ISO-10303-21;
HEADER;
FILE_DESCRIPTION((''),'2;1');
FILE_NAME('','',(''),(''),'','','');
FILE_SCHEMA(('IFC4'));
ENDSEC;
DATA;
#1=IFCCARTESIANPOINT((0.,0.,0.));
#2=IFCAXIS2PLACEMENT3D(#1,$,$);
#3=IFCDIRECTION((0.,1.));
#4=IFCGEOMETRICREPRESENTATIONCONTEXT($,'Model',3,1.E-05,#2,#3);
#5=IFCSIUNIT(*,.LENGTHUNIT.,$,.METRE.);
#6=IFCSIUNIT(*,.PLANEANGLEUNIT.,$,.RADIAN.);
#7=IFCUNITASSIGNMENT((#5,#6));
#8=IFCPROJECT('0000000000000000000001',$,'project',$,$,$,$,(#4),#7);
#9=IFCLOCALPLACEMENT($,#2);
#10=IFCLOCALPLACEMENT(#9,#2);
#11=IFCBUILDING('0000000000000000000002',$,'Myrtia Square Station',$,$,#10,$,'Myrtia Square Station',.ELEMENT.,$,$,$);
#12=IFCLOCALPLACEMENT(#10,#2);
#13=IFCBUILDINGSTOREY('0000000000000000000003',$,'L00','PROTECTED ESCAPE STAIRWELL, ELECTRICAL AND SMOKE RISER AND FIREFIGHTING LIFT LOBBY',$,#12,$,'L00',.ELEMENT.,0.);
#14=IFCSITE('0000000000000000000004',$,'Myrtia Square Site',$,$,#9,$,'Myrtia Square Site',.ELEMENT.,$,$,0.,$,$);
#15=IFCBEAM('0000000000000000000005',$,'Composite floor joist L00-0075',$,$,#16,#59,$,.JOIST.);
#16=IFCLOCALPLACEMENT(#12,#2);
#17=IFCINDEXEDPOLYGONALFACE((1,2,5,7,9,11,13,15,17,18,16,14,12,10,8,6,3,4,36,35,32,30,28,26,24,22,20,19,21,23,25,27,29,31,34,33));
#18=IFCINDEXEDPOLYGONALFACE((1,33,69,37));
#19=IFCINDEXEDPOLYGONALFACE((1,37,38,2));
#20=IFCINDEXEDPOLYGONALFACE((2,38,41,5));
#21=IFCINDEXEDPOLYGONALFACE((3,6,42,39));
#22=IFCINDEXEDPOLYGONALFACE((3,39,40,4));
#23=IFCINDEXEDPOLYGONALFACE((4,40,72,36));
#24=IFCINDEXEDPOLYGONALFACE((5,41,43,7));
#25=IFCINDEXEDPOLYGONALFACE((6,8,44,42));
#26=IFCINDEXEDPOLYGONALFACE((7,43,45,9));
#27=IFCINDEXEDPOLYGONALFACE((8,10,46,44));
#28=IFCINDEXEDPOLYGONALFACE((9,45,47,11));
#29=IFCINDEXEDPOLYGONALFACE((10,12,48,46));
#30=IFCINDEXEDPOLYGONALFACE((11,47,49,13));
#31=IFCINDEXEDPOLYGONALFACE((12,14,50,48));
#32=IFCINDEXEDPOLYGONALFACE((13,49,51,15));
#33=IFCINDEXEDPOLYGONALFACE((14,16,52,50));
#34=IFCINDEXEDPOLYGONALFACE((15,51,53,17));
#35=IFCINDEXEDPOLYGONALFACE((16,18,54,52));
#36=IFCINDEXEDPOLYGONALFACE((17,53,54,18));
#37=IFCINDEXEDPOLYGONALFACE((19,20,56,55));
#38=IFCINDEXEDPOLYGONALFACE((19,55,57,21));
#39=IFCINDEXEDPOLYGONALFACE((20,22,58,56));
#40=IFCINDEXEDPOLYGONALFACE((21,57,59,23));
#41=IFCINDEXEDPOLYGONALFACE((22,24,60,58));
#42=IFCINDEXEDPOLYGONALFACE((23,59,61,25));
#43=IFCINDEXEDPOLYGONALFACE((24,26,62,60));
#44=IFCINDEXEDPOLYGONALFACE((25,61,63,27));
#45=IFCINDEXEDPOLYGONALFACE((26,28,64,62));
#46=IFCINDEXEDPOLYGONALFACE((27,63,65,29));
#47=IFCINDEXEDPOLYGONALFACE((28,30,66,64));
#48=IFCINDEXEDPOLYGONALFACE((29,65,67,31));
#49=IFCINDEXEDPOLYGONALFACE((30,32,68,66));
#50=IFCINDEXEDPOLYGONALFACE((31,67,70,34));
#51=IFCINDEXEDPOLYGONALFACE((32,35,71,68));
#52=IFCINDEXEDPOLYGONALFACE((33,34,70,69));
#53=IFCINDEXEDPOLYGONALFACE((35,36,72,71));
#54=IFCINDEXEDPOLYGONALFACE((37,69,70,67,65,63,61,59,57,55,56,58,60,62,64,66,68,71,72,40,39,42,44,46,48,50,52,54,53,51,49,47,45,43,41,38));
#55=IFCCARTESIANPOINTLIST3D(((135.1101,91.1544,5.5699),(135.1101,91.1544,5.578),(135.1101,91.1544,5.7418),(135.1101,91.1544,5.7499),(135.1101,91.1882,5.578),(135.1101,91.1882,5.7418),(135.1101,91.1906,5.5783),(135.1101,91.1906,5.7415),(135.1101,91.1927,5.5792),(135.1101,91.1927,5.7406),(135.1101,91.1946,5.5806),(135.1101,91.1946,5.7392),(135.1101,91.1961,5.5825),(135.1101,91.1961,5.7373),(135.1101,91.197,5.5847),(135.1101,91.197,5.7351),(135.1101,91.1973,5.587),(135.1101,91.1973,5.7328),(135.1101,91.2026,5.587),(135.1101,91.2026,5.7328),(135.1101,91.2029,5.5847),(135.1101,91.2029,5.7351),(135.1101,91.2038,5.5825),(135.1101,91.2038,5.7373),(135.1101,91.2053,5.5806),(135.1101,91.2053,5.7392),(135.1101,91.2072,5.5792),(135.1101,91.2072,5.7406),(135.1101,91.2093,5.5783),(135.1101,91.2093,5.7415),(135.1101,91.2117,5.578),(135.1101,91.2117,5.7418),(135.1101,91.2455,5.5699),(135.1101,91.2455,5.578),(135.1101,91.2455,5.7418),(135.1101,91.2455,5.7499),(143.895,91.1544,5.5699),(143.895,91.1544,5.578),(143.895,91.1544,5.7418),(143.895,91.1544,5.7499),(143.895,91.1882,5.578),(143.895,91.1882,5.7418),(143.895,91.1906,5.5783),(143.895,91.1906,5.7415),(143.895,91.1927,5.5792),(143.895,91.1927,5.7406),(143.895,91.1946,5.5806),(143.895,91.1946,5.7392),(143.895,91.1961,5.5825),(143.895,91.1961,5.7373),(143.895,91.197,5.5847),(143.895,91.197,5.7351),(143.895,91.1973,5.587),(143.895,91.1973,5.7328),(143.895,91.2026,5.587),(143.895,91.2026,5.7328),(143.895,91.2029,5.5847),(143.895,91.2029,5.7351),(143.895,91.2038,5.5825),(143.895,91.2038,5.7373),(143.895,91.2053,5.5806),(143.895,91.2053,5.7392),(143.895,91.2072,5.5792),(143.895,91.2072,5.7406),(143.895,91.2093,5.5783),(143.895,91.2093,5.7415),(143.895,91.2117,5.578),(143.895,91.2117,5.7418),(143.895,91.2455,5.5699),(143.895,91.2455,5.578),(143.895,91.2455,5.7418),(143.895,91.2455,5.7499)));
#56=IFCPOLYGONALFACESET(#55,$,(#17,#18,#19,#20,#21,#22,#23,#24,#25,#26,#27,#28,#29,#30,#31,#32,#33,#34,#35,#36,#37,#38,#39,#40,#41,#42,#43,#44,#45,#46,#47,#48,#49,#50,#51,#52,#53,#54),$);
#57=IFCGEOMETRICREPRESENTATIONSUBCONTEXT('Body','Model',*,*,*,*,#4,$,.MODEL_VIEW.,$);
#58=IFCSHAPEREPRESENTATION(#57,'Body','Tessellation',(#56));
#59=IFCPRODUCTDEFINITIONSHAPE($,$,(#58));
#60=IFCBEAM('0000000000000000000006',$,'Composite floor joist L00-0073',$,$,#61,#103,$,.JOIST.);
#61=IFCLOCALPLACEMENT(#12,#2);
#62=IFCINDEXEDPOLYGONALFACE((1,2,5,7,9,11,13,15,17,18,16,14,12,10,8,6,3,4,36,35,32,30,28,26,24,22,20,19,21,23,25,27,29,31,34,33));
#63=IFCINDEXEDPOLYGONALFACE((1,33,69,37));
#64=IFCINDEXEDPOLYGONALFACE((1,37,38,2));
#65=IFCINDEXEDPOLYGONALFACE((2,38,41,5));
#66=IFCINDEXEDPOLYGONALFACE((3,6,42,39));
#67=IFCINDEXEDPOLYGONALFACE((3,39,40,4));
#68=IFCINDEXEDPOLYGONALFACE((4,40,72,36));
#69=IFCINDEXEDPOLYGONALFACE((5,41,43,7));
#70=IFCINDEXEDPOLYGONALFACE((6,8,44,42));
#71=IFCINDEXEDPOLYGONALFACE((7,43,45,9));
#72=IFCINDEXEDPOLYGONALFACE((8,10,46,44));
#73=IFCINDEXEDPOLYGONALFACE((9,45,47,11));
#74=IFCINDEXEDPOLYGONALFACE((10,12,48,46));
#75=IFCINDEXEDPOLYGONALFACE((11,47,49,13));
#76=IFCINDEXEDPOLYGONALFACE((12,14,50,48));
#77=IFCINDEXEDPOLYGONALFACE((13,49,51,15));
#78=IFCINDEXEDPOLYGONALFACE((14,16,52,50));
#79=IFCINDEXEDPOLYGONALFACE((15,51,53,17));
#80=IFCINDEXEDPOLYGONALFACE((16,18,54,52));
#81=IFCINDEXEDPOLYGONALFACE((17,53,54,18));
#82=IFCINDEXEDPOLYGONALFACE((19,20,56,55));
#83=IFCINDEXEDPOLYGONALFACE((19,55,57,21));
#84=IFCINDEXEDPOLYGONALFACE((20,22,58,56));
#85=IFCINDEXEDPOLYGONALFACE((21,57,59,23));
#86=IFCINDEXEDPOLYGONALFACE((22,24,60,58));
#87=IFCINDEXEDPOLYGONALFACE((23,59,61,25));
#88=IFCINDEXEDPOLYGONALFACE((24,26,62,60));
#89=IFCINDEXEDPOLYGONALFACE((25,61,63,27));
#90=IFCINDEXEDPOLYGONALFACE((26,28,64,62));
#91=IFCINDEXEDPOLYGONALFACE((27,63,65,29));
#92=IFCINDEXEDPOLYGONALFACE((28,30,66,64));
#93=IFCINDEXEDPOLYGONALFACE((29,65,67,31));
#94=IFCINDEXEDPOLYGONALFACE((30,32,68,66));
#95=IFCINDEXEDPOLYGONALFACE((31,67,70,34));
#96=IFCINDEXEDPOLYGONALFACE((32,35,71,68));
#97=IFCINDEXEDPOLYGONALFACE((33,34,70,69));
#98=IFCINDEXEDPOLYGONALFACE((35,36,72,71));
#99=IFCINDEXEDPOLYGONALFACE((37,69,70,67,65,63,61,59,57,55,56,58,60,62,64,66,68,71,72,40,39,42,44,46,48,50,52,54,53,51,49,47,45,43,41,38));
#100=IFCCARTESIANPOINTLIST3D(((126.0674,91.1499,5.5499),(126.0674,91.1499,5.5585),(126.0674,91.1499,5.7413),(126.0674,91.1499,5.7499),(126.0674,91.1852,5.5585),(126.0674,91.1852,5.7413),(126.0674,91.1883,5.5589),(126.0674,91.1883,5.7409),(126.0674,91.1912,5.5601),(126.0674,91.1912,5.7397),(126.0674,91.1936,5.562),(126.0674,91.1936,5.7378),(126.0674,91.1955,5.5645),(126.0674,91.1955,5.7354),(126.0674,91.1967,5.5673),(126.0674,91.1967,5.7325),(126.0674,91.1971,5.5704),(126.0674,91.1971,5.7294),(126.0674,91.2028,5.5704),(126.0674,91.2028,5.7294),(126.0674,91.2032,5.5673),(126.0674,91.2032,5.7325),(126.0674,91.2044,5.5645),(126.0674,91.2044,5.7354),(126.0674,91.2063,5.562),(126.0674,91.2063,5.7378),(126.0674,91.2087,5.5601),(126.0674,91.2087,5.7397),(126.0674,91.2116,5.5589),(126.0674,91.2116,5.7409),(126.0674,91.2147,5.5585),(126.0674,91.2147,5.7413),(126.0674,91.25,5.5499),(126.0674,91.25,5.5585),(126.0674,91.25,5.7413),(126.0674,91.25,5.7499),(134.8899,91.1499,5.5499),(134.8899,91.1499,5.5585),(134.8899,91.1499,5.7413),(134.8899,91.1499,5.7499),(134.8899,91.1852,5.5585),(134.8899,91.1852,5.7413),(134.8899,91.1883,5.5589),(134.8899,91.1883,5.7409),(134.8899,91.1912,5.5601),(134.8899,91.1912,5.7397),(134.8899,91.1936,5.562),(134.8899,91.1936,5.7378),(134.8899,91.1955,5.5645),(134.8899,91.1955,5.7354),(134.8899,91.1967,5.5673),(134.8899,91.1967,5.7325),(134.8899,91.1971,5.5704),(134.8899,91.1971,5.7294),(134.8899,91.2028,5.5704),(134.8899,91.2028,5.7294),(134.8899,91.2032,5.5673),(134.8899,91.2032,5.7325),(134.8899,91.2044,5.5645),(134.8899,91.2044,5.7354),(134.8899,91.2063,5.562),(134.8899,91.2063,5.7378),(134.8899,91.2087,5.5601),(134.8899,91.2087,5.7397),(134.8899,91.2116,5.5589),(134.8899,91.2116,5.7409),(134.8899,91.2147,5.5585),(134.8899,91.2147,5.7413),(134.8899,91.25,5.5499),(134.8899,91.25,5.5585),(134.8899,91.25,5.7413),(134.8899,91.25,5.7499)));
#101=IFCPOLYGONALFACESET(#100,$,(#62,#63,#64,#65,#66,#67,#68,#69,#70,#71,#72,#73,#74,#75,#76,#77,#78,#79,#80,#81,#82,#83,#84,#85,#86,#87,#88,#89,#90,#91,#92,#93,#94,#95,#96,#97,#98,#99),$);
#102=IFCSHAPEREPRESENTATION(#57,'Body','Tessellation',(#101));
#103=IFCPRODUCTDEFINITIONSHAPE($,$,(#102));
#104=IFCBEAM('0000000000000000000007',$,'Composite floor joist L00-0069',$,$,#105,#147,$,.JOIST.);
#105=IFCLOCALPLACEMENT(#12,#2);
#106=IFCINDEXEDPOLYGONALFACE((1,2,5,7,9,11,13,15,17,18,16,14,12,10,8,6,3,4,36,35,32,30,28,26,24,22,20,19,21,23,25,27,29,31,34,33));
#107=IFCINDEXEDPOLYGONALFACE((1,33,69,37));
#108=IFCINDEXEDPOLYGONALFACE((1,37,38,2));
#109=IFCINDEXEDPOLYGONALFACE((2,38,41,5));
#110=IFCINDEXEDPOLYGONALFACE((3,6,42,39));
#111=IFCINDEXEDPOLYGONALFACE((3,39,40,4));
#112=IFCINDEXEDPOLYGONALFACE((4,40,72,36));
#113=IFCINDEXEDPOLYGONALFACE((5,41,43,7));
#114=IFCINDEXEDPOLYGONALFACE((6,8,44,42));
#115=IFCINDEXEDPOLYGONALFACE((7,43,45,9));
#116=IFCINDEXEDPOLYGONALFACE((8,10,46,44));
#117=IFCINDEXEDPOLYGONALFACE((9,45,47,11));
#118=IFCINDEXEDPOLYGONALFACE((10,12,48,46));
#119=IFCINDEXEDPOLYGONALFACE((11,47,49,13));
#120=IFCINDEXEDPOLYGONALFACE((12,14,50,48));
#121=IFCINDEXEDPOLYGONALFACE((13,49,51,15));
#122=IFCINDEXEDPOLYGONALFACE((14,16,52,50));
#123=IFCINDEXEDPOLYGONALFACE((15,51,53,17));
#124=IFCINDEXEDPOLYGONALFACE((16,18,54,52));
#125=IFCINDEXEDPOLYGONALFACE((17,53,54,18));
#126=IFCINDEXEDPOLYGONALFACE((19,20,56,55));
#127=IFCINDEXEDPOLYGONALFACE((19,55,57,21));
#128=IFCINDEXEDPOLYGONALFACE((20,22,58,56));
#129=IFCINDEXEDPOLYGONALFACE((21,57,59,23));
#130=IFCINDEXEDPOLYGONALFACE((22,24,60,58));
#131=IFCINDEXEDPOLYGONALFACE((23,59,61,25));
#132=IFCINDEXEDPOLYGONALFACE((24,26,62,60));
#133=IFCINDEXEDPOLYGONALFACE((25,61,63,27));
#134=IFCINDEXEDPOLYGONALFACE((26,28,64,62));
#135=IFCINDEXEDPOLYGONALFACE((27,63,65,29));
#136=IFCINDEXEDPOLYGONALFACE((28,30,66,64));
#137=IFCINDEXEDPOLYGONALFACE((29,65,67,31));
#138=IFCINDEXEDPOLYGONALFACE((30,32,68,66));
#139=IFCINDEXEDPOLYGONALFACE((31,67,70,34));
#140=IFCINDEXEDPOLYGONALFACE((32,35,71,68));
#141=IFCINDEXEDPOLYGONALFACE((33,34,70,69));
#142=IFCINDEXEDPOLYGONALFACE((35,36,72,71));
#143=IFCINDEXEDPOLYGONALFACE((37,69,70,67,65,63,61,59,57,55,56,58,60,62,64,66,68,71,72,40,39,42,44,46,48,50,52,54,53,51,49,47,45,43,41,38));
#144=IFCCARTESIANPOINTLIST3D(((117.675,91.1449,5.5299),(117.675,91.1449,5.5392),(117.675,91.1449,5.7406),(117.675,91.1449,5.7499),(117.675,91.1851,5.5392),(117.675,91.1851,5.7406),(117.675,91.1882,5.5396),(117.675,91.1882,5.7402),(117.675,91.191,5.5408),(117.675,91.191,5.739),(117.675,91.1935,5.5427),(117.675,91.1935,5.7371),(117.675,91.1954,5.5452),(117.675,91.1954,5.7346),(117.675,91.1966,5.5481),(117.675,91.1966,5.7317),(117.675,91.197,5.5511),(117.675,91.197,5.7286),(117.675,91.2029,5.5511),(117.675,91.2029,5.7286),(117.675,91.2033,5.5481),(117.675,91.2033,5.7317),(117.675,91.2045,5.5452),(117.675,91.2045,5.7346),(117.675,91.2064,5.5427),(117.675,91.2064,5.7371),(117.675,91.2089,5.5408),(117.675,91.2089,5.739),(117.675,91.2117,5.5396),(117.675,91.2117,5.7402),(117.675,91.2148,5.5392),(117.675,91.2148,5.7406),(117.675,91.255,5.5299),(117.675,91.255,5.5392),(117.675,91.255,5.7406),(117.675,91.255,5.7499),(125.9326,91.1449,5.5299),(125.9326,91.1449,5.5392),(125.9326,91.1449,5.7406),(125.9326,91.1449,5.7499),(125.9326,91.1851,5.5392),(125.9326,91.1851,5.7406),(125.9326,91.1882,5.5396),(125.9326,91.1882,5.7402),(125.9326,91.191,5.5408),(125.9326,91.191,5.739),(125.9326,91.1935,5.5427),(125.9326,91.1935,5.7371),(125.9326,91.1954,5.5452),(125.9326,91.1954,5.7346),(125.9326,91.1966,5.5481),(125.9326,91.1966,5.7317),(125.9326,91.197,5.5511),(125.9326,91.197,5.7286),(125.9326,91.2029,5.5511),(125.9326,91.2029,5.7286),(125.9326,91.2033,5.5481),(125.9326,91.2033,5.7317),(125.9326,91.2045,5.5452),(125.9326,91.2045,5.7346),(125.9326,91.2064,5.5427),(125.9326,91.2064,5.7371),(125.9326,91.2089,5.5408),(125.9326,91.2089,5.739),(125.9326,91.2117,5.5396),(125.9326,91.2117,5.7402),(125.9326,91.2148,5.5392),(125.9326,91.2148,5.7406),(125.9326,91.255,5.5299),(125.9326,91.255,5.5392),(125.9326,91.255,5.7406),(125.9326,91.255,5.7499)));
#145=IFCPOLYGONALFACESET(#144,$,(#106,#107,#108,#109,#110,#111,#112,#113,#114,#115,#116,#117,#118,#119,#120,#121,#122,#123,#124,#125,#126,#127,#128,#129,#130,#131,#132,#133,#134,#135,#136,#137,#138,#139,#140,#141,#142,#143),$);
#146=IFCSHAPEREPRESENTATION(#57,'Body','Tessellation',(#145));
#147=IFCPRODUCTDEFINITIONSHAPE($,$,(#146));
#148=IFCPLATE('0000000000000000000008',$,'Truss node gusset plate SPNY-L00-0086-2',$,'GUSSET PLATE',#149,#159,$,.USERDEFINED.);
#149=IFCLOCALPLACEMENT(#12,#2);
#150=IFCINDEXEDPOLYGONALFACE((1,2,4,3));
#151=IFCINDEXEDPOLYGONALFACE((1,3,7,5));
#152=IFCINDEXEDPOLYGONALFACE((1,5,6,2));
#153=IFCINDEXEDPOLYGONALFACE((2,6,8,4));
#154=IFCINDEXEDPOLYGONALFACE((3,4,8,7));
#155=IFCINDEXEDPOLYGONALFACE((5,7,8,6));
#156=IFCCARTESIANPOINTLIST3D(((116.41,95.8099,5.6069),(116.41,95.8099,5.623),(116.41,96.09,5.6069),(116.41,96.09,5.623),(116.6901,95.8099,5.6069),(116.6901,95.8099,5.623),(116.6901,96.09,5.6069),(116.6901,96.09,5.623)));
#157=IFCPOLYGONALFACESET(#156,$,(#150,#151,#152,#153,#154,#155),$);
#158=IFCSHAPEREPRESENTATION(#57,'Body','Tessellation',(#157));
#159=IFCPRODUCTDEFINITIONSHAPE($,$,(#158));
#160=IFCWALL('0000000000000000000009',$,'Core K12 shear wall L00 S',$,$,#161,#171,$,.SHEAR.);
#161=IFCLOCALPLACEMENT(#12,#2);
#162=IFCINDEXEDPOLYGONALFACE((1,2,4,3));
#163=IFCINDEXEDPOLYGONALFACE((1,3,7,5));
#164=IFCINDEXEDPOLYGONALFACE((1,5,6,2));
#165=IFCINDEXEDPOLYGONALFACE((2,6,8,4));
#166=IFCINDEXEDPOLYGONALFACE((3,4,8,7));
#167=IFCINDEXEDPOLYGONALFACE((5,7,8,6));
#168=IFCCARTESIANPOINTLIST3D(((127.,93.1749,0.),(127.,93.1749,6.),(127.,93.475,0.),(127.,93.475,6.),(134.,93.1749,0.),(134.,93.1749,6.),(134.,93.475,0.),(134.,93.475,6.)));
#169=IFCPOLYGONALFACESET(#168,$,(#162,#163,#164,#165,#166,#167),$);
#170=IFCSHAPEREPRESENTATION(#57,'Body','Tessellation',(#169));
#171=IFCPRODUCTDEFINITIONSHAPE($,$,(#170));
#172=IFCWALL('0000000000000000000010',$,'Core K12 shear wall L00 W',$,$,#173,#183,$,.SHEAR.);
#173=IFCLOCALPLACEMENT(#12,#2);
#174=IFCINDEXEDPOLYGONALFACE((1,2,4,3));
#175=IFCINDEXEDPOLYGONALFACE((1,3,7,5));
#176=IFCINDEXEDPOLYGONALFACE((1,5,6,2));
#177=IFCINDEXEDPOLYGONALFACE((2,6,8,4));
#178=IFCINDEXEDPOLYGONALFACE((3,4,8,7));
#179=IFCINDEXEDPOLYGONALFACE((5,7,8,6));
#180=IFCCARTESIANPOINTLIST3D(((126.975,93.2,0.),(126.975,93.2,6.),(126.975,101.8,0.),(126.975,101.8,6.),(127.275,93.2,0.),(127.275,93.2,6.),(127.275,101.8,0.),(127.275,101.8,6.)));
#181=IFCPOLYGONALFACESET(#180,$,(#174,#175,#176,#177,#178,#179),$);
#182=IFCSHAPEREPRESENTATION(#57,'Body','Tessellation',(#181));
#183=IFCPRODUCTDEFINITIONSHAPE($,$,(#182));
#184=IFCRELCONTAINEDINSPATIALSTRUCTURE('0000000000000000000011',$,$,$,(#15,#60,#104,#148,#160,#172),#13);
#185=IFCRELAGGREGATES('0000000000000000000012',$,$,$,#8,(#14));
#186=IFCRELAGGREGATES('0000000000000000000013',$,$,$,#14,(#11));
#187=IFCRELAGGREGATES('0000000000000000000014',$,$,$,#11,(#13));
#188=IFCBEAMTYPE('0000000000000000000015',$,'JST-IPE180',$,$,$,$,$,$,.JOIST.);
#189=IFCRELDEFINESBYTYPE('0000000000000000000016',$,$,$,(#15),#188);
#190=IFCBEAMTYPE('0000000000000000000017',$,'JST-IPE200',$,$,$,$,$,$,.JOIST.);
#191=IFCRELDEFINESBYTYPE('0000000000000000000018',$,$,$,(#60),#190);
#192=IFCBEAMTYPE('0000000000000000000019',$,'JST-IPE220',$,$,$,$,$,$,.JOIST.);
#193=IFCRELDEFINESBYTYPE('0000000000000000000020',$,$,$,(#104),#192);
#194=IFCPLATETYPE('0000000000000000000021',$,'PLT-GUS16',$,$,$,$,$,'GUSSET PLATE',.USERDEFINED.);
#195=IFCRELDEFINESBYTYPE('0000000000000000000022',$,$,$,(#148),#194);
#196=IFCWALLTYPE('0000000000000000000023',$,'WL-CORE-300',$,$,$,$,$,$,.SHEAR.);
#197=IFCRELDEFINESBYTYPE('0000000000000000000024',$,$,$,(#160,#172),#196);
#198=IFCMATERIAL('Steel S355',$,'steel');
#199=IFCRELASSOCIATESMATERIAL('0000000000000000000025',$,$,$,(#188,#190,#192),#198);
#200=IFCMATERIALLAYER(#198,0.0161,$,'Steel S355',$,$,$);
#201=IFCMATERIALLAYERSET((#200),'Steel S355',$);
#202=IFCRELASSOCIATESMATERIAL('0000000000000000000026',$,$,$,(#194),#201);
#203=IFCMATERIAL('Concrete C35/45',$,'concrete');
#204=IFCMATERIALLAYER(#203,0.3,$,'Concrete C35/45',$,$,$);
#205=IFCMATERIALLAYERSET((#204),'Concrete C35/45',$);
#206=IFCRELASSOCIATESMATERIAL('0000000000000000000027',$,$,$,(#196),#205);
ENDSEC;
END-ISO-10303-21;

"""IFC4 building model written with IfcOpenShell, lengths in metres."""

from ifc_helpers import new_model, si_unit, direction, frame, frame_2d, origin, origin_2d, place, context, subcontext, project, spatial, rectangle, i_section, extrude, material, layer, layer_set, material_profile, profile_set, type_object, element, save


model = new_model("IFC4")

# Units and contexts
model_context = context("Model", 3, precision=1e-05, world=origin(), true_north=direction((0.0, 1.0)))
body_context = subcontext(model_context, "Body", "Model", "MODEL_VIEW")
ifc_project = project(units=[si_unit("LENGTHUNIT", "METRE"), si_unit("PLANEANGLEUNIT", "RADIAN")], contexts=[model_context])

# Site, building, storey
site_placement = place(None, origin())
site = spatial("IfcSite", under=ifc_project, at=site_placement, Name="Myrtia Square Site", LongName="Myrtia Square Site", CompositionType="ELEMENT", RefElevation=0.0)
building_placement = place(site_placement, origin())
building = spatial("IfcBuilding", under=site, at=building_placement, Name="Myrtia Square Station", LongName="Myrtia Square Station", CompositionType="ELEMENT")
storey_placement = place(building_placement, origin())
storey = spatial("IfcBuildingStorey", under=building, at=storey_placement, Name="L00", Description="PROTECTED ESCAPE STAIRWELL, ELECTRICAL AND SMOKE RISER AND FIREFIGHTING LIFT LOBBY", LongName="L00", CompositionType="ELEMENT", Elevation=0.0)

# Shared definitions
ifc_material_1 = material(Name="Steel S355", Category="steel")

# Beams
ifc_material_profile_1 = material_profile(ifc_material_1, i_section(OverallWidth=0.0911, OverallDepth=0.1799, WebThickness=0.0054, FlangeThickness=0.0081, FilletRadius=0.009, at=origin_2d()), Name="IPE 180")
ifc_profile_set_1 = profile_set([ifc_material_profile_1], Name="Steel S355")
beam_type_1 = type_object("IfcBeamType", Name="JST-IPE180", PredefinedType="JOIST", material=ifc_profile_set_1)
beam_1_placement = place(storey_placement, frame((135.1101, 91.2, 5.6599), z_axis=(1.0, 0.0, 0.0), x_axis=(0.0, 1.0, 0.0)))
element("IfcBeam", 1, at=beam_1_placement, inside=storey, type_object=beam_type_1, Name="Composite floor joist L00-0075", PredefinedType="JOIST", context=body_context, shape_type="SweptSolid", body=[
    extrude(i_section(OverallWidth=0.0911, OverallDepth=0.1799, WebThickness=0.0054, FlangeThickness=0.0081, FilletRadius=0.009, at=origin_2d()), origin(), (0.0, 0.0, 1.0), 8.7849),
])
ifc_material_profile_2 = material_profile(ifc_material_1, i_section(OverallWidth=0.1001, OverallDepth=0.2, WebThickness=0.0056, FlangeThickness=0.0085, FilletRadius=0.012, at=origin_2d()), Name="IPE 200")
ifc_profile_set_2 = profile_set([ifc_material_profile_2], Name="Steel S355")
beam_type_2 = type_object("IfcBeamType", Name="JST-IPE200", PredefinedType="JOIST", material=ifc_profile_set_2)
beam_2_placement = place(storey_placement, frame((126.0674, 91.2, 5.6499), z_axis=(1.0, 0.0, 0.0), x_axis=(0.0, 1.0, 0.0)))
element("IfcBeam", 2, at=beam_2_placement, inside=storey, type_object=beam_type_2, Name="Composite floor joist L00-0073", PredefinedType="JOIST", context=body_context, shape_type="SweptSolid", body=[
    extrude(i_section(OverallWidth=0.1001, OverallDepth=0.2, WebThickness=0.0056, FlangeThickness=0.0085, FilletRadius=0.012, at=origin_2d()), origin(), (0.0, 0.0, 1.0), 8.8225),
])
ifc_material_profile_3 = material_profile(ifc_material_1, i_section(OverallWidth=0.1101, OverallDepth=0.22, WebThickness=0.0059, FlangeThickness=0.0093, FilletRadius=0.012, at=origin_2d()), Name="IPE 220")
ifc_profile_set_3 = profile_set([ifc_material_profile_3], Name="Steel S355")
beam_type_3 = type_object("IfcBeamType", Name="JST-IPE220", PredefinedType="JOIST", material=ifc_profile_set_3)
beam_3_placement = place(storey_placement, frame((117.675, 91.2, 5.6399), z_axis=(1.0, 0.0, 0.0), x_axis=(0.0, 1.0, 0.0)))
element("IfcBeam", 3, at=beam_3_placement, inside=storey, type_object=beam_type_3, Name="Composite floor joist L00-0069", PredefinedType="JOIST", context=body_context, shape_type="SweptSolid", body=[
    extrude(i_section(OverallWidth=0.1101, OverallDepth=0.22, WebThickness=0.0059, FlangeThickness=0.0093, FilletRadius=0.012, at=origin_2d()), origin(), (0.0, 0.0, 1.0), 8.2576),
])

# Plate
ifc_layer_1 = layer(ifc_material_1, 0.0161, Name="Steel S355")
ifc_layer_set_1 = layer_set([ifc_layer_1], Name="Steel S355")
plate_type = type_object("IfcPlateType", Name="PLT-GUS16", ElementType="GUSSET PLATE", PredefinedType="USERDEFINED", material=ifc_layer_set_1)
plate_placement = place(storey_placement, frame((116.55, 95.95, 5.6069), z_axis=(0.0, 0.0, 1.0), x_axis=(0.0, 1.0, 0.0)))
element("IfcPlate", 4, at=plate_placement, inside=storey, type_object=plate_type, Name="Truss node gusset plate SPNY-L00-0086-2", ObjectType="GUSSET PLATE", PredefinedType="USERDEFINED", context=body_context, shape_type="SweptSolid", body=[
    extrude(rectangle(XDim=0.28, YDim=0.28, at=origin_2d()), origin(), (0.0, 0.0, 1.0), 0.0161),
])

# Walls
ifc_material_2 = material(Name="Concrete C35/45", Category="concrete")
ifc_layer_2 = layer(ifc_material_2, 0.3, Name="Concrete C35/45")
ifc_layer_set_2 = layer_set([ifc_layer_2], Name="Concrete C35/45")
wall_type_1 = type_object("IfcWallType", Name="WL-CORE-300", PredefinedType="SHEAR", material=ifc_layer_set_2)
wall_1_placement = place(storey_placement, frame((127.0, 93.325, 0.0), z_axis=(0.0, 0.0, 1.0), x_axis=(1.0, 0.0, 0.0)))
element("IfcWall", 5, at=wall_1_placement, inside=storey, type_object=wall_type_1, Name="Core K12 shear wall L00 S", PredefinedType="SHEAR", context=body_context, shape_type="SweptSolid", body=[
    extrude(rectangle(XDim=7.0, YDim=0.3, at=frame_2d((3.5, 0.0))), origin(), (0.0, 0.0, 1.0), 6.0),
])
wall_2_placement = place(storey_placement, frame((127.125, 93.2, 0.0), z_axis=(0.0, 0.0, 1.0), x_axis=(0.0, 1.0, 0.0)))
element("IfcWall", 6, at=wall_2_placement, inside=storey, type_object=wall_type_1, Name="Core K12 shear wall L00 W", PredefinedType="SHEAR", context=body_context, shape_type="SweptSolid", body=[
    extrude(rectangle(XDim=8.6001, YDim=0.3, at=frame_2d((4.3, 0.0))), origin(), (0.0, 0.0, 1.0), 6.0),
])

save(model, "model.ifc")
